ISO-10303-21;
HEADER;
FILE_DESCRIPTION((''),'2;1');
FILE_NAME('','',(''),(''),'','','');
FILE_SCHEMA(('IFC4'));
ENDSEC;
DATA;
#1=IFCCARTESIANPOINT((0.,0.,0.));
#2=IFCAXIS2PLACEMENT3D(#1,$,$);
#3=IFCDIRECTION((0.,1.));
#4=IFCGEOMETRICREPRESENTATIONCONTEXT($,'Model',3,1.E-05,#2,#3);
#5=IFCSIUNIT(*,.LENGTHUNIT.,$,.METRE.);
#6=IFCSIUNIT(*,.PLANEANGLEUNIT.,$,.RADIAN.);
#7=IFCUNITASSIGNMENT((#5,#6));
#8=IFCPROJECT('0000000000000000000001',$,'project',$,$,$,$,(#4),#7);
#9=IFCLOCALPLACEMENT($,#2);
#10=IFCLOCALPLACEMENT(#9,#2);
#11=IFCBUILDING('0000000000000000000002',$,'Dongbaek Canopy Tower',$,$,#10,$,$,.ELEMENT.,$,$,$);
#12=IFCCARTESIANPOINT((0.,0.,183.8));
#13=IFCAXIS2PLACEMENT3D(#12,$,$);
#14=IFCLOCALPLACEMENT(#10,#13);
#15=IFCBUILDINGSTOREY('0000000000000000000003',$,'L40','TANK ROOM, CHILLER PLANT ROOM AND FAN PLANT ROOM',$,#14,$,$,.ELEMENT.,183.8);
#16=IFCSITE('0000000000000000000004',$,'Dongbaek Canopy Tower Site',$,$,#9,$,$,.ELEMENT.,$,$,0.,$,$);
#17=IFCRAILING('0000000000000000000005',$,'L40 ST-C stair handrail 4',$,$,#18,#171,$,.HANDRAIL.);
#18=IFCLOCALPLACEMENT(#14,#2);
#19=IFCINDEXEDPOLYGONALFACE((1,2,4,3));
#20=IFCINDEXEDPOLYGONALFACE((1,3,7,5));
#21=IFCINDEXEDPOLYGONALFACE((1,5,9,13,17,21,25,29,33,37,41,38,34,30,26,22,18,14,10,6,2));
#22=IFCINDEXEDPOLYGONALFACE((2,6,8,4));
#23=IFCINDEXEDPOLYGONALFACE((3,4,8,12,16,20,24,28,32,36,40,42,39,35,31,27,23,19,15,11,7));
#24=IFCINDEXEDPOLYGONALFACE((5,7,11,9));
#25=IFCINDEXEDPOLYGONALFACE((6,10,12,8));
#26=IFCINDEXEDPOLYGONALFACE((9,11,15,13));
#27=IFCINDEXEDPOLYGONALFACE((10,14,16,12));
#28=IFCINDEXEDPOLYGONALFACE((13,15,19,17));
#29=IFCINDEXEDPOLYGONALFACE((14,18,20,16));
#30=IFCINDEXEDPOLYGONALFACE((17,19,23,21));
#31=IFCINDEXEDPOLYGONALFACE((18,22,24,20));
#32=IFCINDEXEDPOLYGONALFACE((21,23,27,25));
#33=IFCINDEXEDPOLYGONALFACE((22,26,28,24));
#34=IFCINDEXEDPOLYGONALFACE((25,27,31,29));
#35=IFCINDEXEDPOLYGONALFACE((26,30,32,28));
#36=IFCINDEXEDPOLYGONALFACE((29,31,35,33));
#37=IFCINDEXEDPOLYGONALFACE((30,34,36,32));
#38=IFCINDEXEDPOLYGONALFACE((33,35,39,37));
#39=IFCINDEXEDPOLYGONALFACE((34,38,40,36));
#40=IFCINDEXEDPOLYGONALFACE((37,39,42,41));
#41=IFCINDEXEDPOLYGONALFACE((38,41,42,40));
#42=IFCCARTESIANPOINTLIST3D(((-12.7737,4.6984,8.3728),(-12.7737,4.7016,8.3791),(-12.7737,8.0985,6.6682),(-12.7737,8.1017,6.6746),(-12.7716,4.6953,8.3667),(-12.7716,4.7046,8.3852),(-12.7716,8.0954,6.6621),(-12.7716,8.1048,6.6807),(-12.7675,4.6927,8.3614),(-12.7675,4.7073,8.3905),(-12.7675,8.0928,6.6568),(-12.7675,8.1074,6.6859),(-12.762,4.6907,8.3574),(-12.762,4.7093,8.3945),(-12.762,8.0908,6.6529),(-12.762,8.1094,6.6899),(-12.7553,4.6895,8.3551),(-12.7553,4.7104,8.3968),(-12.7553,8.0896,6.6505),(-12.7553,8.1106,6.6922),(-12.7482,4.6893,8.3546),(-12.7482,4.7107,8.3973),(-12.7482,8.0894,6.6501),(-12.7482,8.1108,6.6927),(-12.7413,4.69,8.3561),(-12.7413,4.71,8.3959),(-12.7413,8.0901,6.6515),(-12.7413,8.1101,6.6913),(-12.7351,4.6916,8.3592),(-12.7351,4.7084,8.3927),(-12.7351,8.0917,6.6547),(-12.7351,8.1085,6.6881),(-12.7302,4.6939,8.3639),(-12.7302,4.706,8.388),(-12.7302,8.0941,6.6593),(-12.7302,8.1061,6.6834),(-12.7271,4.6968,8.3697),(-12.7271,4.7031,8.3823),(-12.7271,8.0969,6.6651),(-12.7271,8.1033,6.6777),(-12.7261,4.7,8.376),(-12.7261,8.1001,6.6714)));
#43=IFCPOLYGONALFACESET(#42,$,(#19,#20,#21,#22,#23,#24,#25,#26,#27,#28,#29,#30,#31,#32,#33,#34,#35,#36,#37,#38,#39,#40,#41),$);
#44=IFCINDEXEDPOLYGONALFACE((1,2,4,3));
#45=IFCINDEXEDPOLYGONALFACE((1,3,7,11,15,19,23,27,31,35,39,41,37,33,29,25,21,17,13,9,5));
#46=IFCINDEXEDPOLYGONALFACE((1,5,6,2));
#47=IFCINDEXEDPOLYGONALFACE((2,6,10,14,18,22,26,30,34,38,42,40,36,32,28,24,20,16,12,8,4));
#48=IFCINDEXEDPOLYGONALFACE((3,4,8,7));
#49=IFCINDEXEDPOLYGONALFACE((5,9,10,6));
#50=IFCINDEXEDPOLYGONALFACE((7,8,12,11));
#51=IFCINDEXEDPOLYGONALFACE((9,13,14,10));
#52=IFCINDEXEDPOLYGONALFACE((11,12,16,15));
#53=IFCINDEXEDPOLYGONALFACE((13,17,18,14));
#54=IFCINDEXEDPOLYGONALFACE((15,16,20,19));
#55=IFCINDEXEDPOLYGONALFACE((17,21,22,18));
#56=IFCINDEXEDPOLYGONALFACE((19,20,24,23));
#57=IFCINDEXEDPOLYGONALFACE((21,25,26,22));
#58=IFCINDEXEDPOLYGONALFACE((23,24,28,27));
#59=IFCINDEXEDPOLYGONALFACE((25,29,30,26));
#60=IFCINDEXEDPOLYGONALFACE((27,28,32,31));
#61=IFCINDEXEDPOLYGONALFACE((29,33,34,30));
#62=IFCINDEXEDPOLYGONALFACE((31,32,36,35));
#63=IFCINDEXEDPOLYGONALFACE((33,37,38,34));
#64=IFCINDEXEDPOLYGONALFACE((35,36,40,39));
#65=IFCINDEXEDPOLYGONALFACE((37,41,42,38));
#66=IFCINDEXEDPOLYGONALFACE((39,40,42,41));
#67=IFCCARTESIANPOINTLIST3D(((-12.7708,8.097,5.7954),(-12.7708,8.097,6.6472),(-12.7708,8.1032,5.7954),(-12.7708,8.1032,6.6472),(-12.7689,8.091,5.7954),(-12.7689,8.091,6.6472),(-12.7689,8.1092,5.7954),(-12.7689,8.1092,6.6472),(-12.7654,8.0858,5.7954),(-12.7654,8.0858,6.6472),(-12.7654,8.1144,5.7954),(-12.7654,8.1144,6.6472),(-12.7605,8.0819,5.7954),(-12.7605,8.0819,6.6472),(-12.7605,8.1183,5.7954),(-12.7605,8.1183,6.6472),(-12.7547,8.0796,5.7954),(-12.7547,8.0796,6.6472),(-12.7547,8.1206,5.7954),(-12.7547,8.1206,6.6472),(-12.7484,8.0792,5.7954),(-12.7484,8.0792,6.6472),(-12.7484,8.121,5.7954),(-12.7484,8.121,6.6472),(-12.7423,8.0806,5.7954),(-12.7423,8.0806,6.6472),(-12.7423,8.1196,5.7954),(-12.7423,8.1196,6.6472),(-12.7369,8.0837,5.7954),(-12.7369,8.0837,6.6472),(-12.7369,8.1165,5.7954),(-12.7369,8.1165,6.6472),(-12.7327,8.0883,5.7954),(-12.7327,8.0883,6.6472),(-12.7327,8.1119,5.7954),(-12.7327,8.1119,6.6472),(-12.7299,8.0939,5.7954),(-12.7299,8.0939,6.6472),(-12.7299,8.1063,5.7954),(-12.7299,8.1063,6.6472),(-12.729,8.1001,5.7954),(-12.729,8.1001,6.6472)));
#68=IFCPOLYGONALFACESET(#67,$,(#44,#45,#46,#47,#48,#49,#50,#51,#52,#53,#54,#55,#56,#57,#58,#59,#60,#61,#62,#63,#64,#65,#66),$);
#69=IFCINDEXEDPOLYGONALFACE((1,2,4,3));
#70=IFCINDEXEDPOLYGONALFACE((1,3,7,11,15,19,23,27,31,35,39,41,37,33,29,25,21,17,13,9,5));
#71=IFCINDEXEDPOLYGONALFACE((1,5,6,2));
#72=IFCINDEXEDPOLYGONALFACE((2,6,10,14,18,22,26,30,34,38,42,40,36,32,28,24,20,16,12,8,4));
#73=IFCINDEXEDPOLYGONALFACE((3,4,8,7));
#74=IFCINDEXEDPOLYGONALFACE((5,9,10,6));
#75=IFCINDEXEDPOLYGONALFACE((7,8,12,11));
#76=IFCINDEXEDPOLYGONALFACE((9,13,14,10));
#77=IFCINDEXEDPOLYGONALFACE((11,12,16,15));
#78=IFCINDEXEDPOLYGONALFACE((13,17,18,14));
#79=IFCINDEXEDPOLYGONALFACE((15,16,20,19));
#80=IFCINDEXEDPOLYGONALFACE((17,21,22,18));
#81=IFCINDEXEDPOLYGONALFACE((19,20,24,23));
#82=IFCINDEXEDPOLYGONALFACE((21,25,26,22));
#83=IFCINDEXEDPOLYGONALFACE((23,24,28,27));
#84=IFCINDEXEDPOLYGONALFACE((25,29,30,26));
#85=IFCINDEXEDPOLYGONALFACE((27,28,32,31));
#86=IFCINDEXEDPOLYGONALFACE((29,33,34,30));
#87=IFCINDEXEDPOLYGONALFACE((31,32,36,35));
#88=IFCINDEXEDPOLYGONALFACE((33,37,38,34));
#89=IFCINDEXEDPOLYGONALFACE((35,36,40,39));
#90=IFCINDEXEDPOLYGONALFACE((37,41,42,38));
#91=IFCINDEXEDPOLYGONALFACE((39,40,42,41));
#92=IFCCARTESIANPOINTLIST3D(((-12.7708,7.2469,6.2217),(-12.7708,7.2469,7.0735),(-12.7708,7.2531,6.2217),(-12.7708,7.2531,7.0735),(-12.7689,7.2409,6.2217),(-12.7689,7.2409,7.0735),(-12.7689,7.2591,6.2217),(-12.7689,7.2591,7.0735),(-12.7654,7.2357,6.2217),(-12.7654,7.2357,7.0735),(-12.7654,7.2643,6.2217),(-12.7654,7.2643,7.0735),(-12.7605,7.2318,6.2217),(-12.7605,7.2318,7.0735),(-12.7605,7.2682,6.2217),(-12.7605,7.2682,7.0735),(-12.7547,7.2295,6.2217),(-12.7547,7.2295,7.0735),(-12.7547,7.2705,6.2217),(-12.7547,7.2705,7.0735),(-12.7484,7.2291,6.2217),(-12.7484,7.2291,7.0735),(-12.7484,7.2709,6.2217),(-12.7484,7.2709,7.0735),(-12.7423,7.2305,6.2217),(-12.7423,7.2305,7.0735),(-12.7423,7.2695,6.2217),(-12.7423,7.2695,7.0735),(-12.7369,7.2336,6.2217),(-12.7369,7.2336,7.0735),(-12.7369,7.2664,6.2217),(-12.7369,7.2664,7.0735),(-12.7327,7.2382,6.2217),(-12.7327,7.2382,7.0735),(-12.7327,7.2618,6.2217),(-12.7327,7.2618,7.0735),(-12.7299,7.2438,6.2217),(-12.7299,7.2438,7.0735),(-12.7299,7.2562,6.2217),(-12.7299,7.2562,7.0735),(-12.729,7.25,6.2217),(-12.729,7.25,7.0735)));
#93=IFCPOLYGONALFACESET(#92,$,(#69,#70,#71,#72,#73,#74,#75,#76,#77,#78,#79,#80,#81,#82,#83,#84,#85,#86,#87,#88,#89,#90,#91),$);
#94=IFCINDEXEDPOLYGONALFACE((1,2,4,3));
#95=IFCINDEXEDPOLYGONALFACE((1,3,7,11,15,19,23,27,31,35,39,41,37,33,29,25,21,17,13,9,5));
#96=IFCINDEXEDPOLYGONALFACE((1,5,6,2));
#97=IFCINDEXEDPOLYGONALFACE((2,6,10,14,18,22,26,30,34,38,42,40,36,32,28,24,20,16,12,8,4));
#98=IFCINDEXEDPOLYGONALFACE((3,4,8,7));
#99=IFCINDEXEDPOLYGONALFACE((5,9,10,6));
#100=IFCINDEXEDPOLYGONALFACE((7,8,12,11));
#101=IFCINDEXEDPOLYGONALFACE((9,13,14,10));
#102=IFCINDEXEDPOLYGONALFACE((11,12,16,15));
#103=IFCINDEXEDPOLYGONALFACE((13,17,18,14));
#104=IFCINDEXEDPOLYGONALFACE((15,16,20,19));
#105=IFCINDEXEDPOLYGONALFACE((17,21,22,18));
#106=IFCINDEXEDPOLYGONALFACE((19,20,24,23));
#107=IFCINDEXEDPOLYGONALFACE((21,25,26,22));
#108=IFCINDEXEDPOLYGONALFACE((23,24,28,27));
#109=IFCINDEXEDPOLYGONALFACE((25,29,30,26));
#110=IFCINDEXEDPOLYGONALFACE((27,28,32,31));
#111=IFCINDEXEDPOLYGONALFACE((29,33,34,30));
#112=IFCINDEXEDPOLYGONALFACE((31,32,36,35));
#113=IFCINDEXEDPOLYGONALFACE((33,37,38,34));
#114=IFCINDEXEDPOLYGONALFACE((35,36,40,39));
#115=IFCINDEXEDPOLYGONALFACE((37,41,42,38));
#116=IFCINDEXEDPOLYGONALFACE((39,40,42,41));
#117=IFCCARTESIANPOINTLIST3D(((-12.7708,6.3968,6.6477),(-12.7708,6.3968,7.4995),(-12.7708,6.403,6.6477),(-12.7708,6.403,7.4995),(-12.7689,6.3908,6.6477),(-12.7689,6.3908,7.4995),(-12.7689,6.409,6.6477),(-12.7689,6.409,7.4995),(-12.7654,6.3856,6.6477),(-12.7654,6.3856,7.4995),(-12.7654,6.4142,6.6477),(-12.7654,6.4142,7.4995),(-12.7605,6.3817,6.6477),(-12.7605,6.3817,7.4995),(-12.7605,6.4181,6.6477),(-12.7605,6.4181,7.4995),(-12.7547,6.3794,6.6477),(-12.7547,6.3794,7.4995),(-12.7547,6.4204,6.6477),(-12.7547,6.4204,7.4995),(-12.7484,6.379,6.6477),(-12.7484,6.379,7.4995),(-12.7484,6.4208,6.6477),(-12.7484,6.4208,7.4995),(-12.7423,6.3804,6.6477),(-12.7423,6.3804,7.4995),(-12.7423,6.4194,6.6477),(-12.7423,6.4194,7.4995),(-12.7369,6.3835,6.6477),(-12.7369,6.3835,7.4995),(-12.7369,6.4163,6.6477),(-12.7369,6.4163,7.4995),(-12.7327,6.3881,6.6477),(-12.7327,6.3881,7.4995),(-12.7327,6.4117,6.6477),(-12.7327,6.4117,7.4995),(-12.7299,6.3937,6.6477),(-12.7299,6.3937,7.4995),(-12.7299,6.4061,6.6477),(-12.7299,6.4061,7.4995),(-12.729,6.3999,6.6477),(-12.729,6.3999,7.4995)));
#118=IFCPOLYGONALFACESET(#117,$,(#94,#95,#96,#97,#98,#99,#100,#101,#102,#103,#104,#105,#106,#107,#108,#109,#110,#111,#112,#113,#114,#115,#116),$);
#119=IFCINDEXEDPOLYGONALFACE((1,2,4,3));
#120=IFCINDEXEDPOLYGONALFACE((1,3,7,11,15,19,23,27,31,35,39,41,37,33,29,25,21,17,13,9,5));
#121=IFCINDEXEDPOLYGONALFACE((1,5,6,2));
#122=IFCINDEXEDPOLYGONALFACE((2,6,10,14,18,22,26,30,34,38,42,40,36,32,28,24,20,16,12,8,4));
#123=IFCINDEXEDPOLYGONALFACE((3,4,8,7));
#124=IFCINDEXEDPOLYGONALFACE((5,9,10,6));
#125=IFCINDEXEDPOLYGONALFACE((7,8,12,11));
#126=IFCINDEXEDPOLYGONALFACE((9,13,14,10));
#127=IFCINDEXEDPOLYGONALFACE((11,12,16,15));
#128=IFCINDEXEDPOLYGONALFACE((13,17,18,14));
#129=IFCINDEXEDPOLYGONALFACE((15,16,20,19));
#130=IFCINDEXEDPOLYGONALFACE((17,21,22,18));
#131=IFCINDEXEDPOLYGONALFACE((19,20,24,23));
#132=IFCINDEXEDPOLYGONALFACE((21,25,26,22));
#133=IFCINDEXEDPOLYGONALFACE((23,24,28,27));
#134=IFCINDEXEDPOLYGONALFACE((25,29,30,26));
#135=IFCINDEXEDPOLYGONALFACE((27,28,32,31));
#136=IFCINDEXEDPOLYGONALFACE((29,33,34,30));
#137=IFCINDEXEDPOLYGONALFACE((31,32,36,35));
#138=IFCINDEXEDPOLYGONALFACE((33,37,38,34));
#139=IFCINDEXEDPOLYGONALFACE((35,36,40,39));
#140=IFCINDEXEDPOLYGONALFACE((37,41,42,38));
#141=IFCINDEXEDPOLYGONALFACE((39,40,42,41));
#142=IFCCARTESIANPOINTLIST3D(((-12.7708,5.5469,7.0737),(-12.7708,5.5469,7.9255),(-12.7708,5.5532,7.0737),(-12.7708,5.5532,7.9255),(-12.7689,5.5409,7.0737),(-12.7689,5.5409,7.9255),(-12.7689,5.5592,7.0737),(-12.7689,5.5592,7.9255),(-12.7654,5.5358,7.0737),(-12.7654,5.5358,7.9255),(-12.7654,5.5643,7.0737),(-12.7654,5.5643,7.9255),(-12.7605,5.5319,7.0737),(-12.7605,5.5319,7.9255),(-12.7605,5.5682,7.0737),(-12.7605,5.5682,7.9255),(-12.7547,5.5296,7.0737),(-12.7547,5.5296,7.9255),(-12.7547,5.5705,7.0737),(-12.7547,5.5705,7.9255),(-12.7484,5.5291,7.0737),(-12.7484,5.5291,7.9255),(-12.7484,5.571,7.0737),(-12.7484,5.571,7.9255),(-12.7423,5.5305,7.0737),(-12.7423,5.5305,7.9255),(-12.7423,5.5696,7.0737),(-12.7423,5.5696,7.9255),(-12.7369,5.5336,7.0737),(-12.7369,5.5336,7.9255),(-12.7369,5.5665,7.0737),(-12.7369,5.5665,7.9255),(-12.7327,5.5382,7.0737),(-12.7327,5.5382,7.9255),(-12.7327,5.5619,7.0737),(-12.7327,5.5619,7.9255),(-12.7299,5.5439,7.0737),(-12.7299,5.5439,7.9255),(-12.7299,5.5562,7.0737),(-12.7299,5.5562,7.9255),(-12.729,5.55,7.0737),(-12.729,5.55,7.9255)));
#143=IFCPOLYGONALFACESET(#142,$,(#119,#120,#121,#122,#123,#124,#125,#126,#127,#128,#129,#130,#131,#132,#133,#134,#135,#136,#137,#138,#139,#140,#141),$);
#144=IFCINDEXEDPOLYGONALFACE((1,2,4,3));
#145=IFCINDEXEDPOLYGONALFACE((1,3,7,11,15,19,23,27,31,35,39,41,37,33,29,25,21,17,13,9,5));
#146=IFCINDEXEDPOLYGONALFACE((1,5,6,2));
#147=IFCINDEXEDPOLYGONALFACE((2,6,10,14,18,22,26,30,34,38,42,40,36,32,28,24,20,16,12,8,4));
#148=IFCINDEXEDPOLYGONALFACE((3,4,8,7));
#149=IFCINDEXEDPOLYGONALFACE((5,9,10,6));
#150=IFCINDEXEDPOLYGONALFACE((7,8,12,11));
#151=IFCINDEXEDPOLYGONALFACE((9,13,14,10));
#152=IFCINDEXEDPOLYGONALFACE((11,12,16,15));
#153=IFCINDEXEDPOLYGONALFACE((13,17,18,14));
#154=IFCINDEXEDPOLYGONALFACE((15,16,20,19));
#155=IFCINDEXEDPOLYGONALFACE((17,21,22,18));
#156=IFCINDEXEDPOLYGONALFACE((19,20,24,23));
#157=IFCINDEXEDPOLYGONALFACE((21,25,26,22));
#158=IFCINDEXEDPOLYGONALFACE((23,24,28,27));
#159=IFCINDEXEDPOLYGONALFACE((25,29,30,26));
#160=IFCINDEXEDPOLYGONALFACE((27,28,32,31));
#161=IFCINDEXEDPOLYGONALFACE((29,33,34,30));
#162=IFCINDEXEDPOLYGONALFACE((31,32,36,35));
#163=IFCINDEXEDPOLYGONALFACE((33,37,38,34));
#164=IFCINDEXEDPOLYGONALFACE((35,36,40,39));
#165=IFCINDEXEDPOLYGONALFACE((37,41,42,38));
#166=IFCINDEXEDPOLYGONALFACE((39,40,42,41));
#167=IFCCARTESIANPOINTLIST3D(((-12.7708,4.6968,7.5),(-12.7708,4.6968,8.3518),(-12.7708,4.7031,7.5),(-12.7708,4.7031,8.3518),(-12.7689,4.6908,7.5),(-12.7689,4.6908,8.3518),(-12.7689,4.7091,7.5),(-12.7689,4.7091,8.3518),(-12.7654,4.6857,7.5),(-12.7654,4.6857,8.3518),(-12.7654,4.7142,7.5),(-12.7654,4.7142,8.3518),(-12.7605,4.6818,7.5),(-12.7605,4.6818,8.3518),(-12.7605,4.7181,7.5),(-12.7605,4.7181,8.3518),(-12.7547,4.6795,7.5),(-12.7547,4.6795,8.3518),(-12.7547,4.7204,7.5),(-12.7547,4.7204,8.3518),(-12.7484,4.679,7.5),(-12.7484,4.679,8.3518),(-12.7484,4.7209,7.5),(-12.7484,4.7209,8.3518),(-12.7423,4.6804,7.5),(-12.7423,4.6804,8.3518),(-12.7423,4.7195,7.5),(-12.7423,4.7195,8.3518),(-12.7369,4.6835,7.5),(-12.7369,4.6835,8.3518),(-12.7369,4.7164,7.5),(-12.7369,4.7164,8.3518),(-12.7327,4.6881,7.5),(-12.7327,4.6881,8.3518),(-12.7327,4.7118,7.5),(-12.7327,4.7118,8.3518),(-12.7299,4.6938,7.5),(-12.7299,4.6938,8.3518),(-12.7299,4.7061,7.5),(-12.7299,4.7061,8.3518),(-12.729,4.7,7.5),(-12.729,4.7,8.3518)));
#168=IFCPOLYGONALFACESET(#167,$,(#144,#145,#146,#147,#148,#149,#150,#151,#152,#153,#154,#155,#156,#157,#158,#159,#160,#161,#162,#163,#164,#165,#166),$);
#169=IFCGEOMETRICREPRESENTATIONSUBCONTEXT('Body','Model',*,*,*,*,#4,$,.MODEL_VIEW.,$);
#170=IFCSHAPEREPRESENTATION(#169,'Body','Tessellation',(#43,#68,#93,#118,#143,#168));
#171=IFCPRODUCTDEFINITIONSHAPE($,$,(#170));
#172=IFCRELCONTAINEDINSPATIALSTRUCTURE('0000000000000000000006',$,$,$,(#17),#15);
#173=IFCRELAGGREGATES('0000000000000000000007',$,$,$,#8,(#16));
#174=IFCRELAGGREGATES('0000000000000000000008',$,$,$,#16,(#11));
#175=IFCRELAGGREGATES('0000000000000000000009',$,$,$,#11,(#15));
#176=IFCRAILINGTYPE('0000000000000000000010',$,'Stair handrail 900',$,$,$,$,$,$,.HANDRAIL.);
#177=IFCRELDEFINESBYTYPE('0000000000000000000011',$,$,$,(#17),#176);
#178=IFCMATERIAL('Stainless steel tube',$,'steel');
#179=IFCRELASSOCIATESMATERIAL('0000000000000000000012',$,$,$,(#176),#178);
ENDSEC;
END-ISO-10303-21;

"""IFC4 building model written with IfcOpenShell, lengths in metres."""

from ifc_helpers import new_model, si_unit, direction, frame, origin, origin_2d, place, context, subcontext, project, spatial, circle, extrude, material, type_object, element, save


model = new_model("IFC4")

# Units and contexts
model_context = context("Model", 3, precision=1e-05, world=origin(), true_north=direction((0.0, 1.0)))
body_context = subcontext(model_context, "Body", "Model", "MODEL_VIEW")
ifc_project = project(units=[si_unit("LENGTHUNIT", "METRE"), si_unit("PLANEANGLEUNIT", "RADIAN")], contexts=[model_context])

# Site, building, storey
site_placement = place(None, origin())
site = spatial("IfcSite", under=ifc_project, at=site_placement, Name="Dongbaek Canopy Tower Site", CompositionType="ELEMENT", RefElevation=0.0)
building_placement = place(site_placement, origin())
building = spatial("IfcBuilding", under=site, at=building_placement, Name="Dongbaek Canopy Tower", CompositionType="ELEMENT")
storey_placement = place(building_placement, frame((0.0, 0.0, 183.8)))
storey = spatial("IfcBuildingStorey", under=building, at=storey_placement, Name="L40", Description="TANK ROOM, CHILLER PLANT ROOM AND FAN PLANT ROOM", CompositionType="ELEMENT", Elevation=183.8)

# Railing
ifc_material_1 = material(Name="Stainless steel tube", Category="steel")
railing_type_1 = type_object("IfcRailingType", Name="Stair handrail 900", PredefinedType="HANDRAIL", material=ifc_material_1)
for number, where, name in (
    (1, (-12.75, 8.1001, 5.7954), "L40 ST-C stair handrail 4"),
):
    element("IfcRailing", number, at=place(storey_placement, frame(where)), inside=storey, type_object=railing_type_1, Name=name, PredefinedType="HANDRAIL", context=body_context, shape_type="SweptSolid", body=[
        extrude(circle(Radius=0.0239, at=origin_2d()), frame((0.0, 0.0, 0.876), z_axis=(0.0, -0.893952, 0.448163), x_axis=(1.0, 0.0, 0.0)), (0.0, 0.0, 1.0), 3.8035),
        extrude(circle(Radius=0.021, at=origin_2d()), origin(), (0.0, 0.0, 1.0), 0.8518),
        extrude(circle(Radius=0.021, at=origin_2d()), frame((0.0, -0.8501, 0.4263)), (0.0, 0.0, 1.0), 0.8518),
        extrude(circle(Radius=0.021, at=origin_2d()), frame((0.0, -1.7002, 0.8523)), (0.0, 0.0, 1.0), 0.8518),
        extrude(circle(Radius=0.021, at=origin_2d()), frame((0.0, -2.55, 1.2783)), (0.0, 0.0, 1.0), 0.8518),
        extrude(circle(Radius=0.021, at=origin_2d()), frame((0.0, -3.4001, 1.7046)), (0.0, 0.0, 1.0), 0.8518),
    ])

save(model, "model.ifc")
